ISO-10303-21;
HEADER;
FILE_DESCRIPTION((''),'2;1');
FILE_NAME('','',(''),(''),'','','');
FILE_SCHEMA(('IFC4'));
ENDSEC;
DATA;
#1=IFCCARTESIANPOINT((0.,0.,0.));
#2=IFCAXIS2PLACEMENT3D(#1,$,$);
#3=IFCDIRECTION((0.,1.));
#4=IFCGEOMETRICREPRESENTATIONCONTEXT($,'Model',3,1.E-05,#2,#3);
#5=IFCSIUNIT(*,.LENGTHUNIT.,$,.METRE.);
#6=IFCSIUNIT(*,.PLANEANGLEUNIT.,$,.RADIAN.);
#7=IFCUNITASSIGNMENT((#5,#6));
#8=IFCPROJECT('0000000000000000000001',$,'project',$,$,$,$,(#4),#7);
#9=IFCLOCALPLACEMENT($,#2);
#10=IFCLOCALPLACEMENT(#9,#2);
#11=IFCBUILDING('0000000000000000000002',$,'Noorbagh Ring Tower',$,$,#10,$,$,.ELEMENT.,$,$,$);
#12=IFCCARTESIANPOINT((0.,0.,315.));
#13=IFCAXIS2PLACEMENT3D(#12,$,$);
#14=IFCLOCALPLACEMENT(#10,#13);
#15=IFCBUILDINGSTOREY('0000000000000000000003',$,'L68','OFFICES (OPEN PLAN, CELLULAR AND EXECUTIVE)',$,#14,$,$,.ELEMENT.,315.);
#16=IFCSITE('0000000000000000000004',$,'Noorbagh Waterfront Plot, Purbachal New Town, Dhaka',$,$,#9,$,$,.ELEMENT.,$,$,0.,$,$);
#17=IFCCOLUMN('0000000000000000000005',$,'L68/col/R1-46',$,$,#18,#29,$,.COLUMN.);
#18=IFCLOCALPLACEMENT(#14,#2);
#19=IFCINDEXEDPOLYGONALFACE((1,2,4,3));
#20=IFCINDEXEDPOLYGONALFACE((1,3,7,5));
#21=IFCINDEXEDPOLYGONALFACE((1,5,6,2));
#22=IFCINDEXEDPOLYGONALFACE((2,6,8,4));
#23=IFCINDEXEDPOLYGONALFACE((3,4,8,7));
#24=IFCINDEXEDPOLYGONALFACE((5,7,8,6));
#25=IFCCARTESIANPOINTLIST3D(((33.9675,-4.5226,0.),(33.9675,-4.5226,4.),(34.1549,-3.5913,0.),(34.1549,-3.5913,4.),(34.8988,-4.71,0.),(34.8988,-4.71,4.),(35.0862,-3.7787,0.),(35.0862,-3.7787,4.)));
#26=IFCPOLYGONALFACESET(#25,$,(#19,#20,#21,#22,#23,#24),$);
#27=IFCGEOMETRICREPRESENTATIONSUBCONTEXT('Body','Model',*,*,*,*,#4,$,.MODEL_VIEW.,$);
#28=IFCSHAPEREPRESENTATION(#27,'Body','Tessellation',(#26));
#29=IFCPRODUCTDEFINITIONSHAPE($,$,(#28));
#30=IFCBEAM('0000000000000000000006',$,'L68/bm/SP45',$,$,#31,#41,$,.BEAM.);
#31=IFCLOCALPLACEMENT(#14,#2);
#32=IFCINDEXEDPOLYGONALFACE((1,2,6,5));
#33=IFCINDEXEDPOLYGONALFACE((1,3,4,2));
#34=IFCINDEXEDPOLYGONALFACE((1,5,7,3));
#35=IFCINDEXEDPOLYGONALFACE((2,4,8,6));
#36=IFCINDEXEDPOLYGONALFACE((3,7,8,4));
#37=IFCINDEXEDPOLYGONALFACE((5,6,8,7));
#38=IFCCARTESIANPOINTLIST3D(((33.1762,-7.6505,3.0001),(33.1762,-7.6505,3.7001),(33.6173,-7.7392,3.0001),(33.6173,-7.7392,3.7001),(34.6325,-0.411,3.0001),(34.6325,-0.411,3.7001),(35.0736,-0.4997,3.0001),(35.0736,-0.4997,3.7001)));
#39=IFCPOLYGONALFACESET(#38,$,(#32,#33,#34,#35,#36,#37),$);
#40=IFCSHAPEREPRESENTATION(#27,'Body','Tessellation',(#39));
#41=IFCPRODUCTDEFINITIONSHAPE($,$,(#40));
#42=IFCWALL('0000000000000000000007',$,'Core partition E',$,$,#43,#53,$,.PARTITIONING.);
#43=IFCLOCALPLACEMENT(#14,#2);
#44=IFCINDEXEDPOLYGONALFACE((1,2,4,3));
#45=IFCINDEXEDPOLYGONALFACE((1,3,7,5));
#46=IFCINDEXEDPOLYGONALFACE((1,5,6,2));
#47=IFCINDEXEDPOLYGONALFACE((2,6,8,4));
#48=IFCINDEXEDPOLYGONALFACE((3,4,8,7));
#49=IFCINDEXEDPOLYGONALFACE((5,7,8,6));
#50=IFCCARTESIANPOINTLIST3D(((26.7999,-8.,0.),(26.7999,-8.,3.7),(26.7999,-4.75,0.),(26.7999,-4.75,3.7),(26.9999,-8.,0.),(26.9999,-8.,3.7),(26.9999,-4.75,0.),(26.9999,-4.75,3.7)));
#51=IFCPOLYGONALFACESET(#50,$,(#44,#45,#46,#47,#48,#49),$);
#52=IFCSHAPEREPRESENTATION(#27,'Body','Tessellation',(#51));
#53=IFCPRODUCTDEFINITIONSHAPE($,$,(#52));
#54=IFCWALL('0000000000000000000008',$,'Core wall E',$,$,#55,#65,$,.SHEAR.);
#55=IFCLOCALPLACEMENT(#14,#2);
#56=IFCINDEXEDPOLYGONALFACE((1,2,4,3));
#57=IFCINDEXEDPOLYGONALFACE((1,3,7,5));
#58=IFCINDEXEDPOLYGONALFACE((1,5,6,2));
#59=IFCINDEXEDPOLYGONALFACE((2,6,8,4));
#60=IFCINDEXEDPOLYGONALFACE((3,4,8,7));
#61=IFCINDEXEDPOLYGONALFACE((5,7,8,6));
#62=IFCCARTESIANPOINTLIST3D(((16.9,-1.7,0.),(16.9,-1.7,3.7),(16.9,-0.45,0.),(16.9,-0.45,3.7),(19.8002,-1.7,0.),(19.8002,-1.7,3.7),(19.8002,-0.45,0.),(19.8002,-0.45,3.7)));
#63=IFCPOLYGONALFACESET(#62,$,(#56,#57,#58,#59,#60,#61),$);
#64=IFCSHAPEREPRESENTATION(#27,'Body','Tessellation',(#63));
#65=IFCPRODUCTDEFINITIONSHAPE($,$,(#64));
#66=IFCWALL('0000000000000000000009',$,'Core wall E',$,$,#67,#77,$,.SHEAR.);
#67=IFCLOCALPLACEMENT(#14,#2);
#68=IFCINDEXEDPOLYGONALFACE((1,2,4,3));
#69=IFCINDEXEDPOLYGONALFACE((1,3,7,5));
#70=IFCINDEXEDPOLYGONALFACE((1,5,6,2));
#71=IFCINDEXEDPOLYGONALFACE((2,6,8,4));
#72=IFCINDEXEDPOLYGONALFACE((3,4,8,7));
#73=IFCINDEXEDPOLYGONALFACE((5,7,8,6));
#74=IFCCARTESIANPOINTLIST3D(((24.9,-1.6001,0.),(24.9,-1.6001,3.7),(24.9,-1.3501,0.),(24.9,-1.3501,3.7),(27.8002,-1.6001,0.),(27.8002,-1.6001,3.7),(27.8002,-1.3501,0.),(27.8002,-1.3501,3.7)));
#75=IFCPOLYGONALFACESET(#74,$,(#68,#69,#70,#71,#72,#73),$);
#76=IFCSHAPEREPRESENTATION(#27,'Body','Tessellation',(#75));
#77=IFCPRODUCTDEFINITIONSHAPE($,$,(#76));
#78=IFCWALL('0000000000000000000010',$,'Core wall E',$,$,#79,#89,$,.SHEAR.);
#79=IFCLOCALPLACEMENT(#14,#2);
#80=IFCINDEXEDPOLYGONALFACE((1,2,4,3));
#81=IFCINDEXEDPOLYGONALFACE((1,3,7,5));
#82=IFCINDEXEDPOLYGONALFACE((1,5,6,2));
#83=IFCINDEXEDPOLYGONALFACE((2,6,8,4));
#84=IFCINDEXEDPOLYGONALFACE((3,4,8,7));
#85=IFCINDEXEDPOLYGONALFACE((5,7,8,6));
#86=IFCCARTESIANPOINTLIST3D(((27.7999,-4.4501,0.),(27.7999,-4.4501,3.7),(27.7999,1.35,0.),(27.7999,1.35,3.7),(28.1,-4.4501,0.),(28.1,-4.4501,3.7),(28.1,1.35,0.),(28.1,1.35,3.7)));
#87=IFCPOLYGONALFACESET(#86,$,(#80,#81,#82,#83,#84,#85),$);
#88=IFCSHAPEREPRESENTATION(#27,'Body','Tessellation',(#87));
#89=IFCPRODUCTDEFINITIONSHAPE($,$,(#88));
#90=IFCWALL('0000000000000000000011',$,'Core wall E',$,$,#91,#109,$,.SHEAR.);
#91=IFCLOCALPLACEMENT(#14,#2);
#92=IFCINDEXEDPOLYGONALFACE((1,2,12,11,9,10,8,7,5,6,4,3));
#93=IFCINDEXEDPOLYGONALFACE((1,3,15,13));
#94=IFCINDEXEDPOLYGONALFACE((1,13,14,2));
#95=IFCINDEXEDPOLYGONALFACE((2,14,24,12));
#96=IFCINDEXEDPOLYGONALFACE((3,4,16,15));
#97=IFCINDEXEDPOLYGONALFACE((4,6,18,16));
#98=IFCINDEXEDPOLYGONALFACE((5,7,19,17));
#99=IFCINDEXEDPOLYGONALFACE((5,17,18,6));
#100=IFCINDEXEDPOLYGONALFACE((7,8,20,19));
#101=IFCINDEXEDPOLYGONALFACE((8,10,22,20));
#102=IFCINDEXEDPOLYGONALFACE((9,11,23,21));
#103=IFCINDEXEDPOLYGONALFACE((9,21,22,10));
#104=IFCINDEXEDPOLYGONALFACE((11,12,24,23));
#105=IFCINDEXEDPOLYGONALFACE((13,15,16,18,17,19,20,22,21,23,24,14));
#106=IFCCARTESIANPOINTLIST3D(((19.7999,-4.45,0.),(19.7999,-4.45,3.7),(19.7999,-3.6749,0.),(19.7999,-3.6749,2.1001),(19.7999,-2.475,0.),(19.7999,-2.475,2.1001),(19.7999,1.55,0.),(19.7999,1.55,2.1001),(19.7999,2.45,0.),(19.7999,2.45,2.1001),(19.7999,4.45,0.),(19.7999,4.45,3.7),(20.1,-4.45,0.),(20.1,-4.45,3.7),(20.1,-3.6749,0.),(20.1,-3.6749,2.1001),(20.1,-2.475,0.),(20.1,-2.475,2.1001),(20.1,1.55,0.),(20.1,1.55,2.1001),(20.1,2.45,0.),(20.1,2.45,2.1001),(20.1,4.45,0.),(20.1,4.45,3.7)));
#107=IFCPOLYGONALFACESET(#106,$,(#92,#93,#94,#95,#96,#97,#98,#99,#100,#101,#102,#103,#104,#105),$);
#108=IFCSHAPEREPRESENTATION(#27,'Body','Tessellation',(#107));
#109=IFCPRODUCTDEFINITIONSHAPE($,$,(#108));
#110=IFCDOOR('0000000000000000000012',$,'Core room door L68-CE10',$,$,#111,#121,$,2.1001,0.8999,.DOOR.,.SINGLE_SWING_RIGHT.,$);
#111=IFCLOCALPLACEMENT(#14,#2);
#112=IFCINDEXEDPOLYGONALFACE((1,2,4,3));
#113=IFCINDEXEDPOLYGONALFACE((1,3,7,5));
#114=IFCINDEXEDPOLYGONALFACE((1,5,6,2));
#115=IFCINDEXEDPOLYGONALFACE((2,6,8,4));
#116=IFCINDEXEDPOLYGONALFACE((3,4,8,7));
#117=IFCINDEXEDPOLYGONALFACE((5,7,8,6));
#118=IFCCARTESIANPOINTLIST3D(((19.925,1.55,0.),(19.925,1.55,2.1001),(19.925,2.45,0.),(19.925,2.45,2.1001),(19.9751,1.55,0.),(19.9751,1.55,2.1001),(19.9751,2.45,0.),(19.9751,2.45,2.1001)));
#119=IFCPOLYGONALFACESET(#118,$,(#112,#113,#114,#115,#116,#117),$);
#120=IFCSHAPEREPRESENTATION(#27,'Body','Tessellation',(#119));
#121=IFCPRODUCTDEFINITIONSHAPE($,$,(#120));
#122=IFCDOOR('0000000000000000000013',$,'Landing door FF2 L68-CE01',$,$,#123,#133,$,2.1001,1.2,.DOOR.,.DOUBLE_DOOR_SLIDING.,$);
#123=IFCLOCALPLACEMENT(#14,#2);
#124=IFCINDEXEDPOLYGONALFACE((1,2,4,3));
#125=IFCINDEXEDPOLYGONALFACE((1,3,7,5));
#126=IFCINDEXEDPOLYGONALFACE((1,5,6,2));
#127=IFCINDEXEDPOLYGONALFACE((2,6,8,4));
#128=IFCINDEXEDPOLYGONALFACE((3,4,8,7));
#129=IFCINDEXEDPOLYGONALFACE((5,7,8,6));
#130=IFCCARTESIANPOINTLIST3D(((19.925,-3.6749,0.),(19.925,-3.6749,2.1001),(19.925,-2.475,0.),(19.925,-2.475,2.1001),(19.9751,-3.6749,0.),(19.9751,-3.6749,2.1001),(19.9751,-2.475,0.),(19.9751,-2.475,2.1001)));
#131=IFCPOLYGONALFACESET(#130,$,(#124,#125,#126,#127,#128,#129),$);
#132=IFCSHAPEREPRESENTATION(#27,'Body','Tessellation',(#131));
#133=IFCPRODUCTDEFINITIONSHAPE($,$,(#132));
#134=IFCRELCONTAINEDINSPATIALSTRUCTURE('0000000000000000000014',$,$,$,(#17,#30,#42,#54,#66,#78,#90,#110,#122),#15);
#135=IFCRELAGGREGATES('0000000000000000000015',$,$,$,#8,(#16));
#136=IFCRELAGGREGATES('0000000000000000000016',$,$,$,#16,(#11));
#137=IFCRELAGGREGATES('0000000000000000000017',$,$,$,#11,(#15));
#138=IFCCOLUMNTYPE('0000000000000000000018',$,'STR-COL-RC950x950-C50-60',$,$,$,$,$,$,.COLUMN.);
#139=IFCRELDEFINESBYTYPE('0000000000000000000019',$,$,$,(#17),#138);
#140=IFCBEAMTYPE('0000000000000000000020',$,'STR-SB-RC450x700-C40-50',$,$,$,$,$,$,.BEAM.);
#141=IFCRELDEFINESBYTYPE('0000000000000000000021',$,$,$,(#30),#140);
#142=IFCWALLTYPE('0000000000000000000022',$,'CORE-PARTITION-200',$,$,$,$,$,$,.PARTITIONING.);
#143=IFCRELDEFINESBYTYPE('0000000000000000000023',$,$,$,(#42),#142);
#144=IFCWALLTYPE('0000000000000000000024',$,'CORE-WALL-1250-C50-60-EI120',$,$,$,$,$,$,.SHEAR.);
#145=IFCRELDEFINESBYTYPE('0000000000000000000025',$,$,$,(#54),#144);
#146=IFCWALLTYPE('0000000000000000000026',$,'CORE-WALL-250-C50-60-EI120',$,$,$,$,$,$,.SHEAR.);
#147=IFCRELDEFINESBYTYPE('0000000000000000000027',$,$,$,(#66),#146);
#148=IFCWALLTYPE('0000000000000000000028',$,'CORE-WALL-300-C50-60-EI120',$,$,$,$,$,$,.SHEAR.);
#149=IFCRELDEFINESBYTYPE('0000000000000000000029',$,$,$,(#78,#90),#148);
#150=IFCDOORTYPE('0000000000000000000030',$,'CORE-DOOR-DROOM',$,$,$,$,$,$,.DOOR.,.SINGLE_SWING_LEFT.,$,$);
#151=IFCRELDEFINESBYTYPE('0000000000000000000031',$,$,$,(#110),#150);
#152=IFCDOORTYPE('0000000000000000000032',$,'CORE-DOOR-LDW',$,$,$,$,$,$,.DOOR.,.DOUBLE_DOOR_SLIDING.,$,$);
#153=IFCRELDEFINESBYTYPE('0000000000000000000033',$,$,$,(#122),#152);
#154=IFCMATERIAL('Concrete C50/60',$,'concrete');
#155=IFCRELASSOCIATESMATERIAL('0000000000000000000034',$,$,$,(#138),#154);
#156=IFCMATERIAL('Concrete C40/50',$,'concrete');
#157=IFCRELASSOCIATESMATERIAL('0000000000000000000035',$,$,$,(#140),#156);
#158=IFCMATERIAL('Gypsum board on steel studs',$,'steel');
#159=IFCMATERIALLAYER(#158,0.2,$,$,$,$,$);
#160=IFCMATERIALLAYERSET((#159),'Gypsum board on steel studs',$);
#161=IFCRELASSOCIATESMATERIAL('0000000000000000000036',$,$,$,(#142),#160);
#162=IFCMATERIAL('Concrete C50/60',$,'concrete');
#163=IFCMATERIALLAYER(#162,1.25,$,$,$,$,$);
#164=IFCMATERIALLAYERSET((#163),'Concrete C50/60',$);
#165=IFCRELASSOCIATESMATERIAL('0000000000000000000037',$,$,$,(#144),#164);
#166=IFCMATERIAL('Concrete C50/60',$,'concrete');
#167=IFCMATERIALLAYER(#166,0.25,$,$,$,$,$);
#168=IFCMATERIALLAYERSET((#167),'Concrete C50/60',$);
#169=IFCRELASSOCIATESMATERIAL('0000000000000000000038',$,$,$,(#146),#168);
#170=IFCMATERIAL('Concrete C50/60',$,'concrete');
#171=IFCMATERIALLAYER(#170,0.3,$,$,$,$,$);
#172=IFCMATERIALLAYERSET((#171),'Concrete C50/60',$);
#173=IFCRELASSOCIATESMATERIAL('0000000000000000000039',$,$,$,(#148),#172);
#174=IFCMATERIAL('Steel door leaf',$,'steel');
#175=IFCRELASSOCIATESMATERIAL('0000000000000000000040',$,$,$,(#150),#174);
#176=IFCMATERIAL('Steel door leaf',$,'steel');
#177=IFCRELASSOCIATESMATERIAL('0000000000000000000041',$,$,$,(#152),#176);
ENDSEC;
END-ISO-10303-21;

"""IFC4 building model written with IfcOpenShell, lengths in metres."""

from ifc_helpers import new_model, si_unit, direction, frame, frame_2d, origin, origin_2d, place, context, subcontext, project, spatial, rectangle, extrude, material, layer, layer_set, material_profile, profile_set, type_object, element, fill, save


model = new_model("IFC4")

# Units and contexts
model_context = context("Model", 3, precision=1e-05, world=origin(), true_north=direction((0.0, 1.0)))
body_context = subcontext(model_context, "Body", "Model", "MODEL_VIEW")
ifc_project = project(units=[si_unit("LENGTHUNIT", "METRE"), si_unit("PLANEANGLEUNIT", "RADIAN")], contexts=[model_context])

# Site, building, storey
site_placement = place(None, origin())
site = spatial("IfcSite", under=ifc_project, at=site_placement, Name="Noorbagh Waterfront Plot, Purbachal New Town, Dhaka", CompositionType="ELEMENT", RefElevation=0.0)
building_placement = place(site_placement, origin())
building = spatial("IfcBuilding", under=site, at=building_placement, Name="Noorbagh Ring Tower", CompositionType="ELEMENT")
storey_placement = place(building_placement, frame((0.0, 0.0, 315.0)))
storey = spatial("IfcBuildingStorey", under=building, at=storey_placement, Name="L68", Description="OFFICES (OPEN PLAN, CELLULAR AND EXECUTIVE)", CompositionType="ELEMENT", Elevation=315.0)

# Column
ifc_material_1 = material(Name="Concrete C50/60", Category="concrete")
ifc_material_profile_1 = material_profile(ifc_material_1, rectangle(XDim=0.95, YDim=0.95, at=origin_2d()), Name="RC950x950")
ifc_profile_set_1 = profile_set([ifc_material_profile_1], Name="Concrete C50/60")
column_type = type_object("IfcColumnType", Name="STR-COL-RC950x950-C50-60", PredefinedType="COLUMN", material=ifc_profile_set_1)
column_placement = place(storey_placement, frame((34.5269, -4.1506, 0.0), z_axis=(0.0, 0.0, 1.0), x_axis=(0.19723, 0.980357, 0.0)))
element("IfcColumn", 1, at=column_placement, inside=storey, type_object=column_type, Name="L68/col/R1-46", PredefinedType="COLUMN", context=body_context, shape_type="SweptSolid", body=[
    extrude(rectangle(XDim=0.95, YDim=0.95, at=origin_2d()), origin(), (0.0, 0.0, 1.0), 4.0),
])

# Beam
ifc_material_2 = material(Name="Concrete C40/50", Category="concrete")
ifc_material_profile_2 = material_profile(ifc_material_2, rectangle(XDim=0.45, YDim=0.7, at=origin_2d()), Name="RC450x700")
ifc_profile_set_2 = profile_set([ifc_material_profile_2], Name="Concrete C40/50")
beam_type = type_object("IfcBeamType", Name="STR-SB-RC450x700-C40-50", PredefinedType="BEAM", material=ifc_profile_set_2)
beam_placement = place(storey_placement, frame((33.3967, -7.6948, 3.3501), z_axis=(0.19721, 0.980361, 0.0), x_axis=(-0.980361, 0.19721, 0.0)))
element("IfcBeam", 2, at=beam_placement, inside=storey, type_object=beam_type, Name="L68/bm/SP45", PredefinedType="BEAM", context=body_context, shape_type="SweptSolid", body=[
    extrude(rectangle(XDim=0.45, YDim=0.7, at=origin_2d()), origin(), (0.0, 0.0, 1.0), 7.3845),
])

# Walls
ifc_material_3 = material(Name="Gypsum board on steel studs", Category="steel")
ifc_layer_1 = layer(ifc_material_3, 0.2)
ifc_layer_set_1 = layer_set([ifc_layer_1], Name="Gypsum board on steel studs")
wall_type_1 = type_object("IfcWallType", Name="CORE-PARTITION-200", PredefinedType="PARTITIONING", material=ifc_layer_set_1)
wall_1_placement = place(storey_placement, frame((26.8999, -8.0, 0.0), z_axis=(0.0, 0.0, 1.0), x_axis=(0.0, 1.0, 0.0)))
element("IfcWall", 3, at=wall_1_placement, inside=storey, type_object=wall_type_1, Name="Core partition E", PredefinedType="PARTITIONING", context=body_context, shape_type="SweptSolid", body=[
    extrude(rectangle(XDim=3.25, YDim=0.2, at=frame_2d((1.625, 0.0))), origin(), (0.0, 0.0, 1.0), 3.7),
])
ifc_material_4 = material(Name="Concrete C50/60", Category="concrete")
ifc_layer_2 = layer(ifc_material_4, 1.25)
ifc_layer_set_2 = layer_set([ifc_layer_2], Name="Concrete C50/60")
wall_type_2 = type_object("IfcWallType", Name="CORE-WALL-1250-C50-60-EI120", PredefinedType="SHEAR", material=ifc_layer_set_2)
wall_2_placement = place(storey_placement, frame((16.8999, -1.075, 0.0), z_axis=(0.0, 0.0, 1.0), x_axis=(1.0, 0.0, 0.0)))
element("IfcWall", 4, at=wall_2_placement, inside=storey, type_object=wall_type_2, Name="Core wall E", PredefinedType="SHEAR", context=body_context, shape_type="SweptSolid", body=[
    extrude(rectangle(XDim=2.9001, YDim=1.25, at=frame_2d((1.4502, 0.0))), origin(), (0.0, 0.0, 1.0), 3.7),
])
ifc_material_5 = material(Name="Concrete C50/60", Category="concrete")
ifc_layer_3 = layer(ifc_material_5, 0.25)
ifc_layer_set_3 = layer_set([ifc_layer_3], Name="Concrete C50/60")
wall_type_3 = type_object("IfcWallType", Name="CORE-WALL-250-C50-60-EI120", PredefinedType="SHEAR", material=ifc_layer_set_3)
wall_3_placement = place(storey_placement, frame((24.8999, -1.4751, 0.0), z_axis=(0.0, 0.0, 1.0), x_axis=(1.0, 0.0, 0.0)))
element("IfcWall", 5, at=wall_3_placement, inside=storey, type_object=wall_type_3, Name="Core wall E", PredefinedType="SHEAR", context=body_context, shape_type="SweptSolid", body=[
    extrude(rectangle(XDim=2.9001, YDim=0.25, at=frame_2d((1.4502, 0.0))), origin(), (0.0, 0.0, 1.0), 3.7),
])
ifc_material_6 = material(Name="Concrete C50/60", Category="concrete")
ifc_layer_4 = layer(ifc_material_6, 0.3)
ifc_layer_set_4 = layer_set([ifc_layer_4], Name="Concrete C50/60")
wall_type_4 = type_object("IfcWallType", Name="CORE-WALL-300-C50-60-EI120", PredefinedType="SHEAR", material=ifc_layer_set_4)
wall_4_placement = place(storey_placement, frame((27.95, -4.45, 0.0), z_axis=(0.0, 0.0, 1.0), x_axis=(0.0, 1.0, 0.0)))
element("IfcWall", 6, at=wall_4_placement, inside=storey, type_object=wall_type_4, Name="Core wall E", PredefinedType="SHEAR", context=body_context, shape_type="SweptSolid", body=[
    extrude(rectangle(XDim=5.8, YDim=0.3, at=frame_2d((2.8999, 0.0))), origin(), (0.0, 0.0, 1.0), 3.7),
])

# Wall, openings, doors
wall_5_placement = place(storey_placement, frame((19.95, -4.45, 0.0), z_axis=(0.0, 0.0, 1.0), x_axis=(0.0, 1.0, 0.0)))
wall_5 = element("IfcWall", 7, at=wall_5_placement, inside=storey, type_object=wall_type_4, Name="Core wall E", PredefinedType="SHEAR", context=body_context, shape_type="SweptSolid", body=[
    extrude(rectangle(XDim=8.8999, YDim=0.3, at=frame_2d((4.45, 0.0))), origin(), (0.0, 0.0, 1.0), 3.7),
])
opening_1_placement = place(wall_5_placement, frame((0.7749, 0.0, 0.0)))
opening_1 = element("IfcOpeningElement", 8, at=opening_1_placement, cuts=wall_5, PredefinedType="OPENING", context=body_context, shape_type="SweptSolid", body=[
    extrude(rectangle(XDim=1.2, YDim=2.1001, at=frame_2d((0.6001, 1.05))), frame((0.0, 0.1602, 0.0), z_axis=(0.0, -1.0, 0.0), x_axis=(1.0, 0.0, 0.0)), (0.0, 0.0, 1.0), 0.3201),
])
opening_2_placement = place(wall_5_placement, frame((6.0, 0.0, 0.0)))
opening_2 = element("IfcOpeningElement", 9, at=opening_2_placement, cuts=wall_5, PredefinedType="OPENING", context=body_context, shape_type="SweptSolid", body=[
    extrude(rectangle(XDim=0.8999, YDim=2.1001, at=frame_2d((0.45, 1.05))), frame((0.0, 0.1602, 0.0), z_axis=(0.0, -1.0, 0.0), x_axis=(1.0, 0.0, 0.0)), (0.0, 0.0, 1.0), 0.3201),
])
ifc_material_7 = material(Name="Steel door leaf", Category="steel")
door_type_1 = type_object("IfcDoorType", Name="CORE-DOOR-DROOM", OperationType="SINGLE_SWING_LEFT", PredefinedType="DOOR", material=ifc_material_7)
door_1_placement = place(opening_2_placement, origin())
door_1 = element("IfcDoor", 10, at=door_1_placement, inside=storey, type_object=door_type_1, Name="Core room door L68-CE10", OperationType="SINGLE_SWING_RIGHT", OverallHeight=2.1001, OverallWidth=0.8999, PredefinedType="DOOR", context=body_context, shape_type="SweptSolid", body=[
    extrude(rectangle(XDim=0.8999, YDim=2.1001, at=frame_2d((0.45, 1.05))), frame((0.0, 0.0249, 0.0), z_axis=(0.0, -1.0, 0.0), x_axis=(1.0, 0.0, 0.0)), (0.0, 0.0, 1.0), 0.05),
])
fill(opening_2, door_1)
ifc_material_8 = material(Name="Steel door leaf", Category="steel")
door_type_2 = type_object("IfcDoorType", Name="CORE-DOOR-LDW", OperationType="DOUBLE_DOOR_SLIDING", PredefinedType="DOOR", material=ifc_material_8)
door_2_placement = place(opening_1_placement, origin())
door_2 = element("IfcDoor", 11, at=door_2_placement, inside=storey, type_object=door_type_2, Name="Landing door FF2 L68-CE01", OperationType="DOUBLE_DOOR_SLIDING", OverallHeight=2.1001, OverallWidth=1.2, PredefinedType="DOOR", context=body_context, shape_type="SweptSolid", body=[
    extrude(rectangle(XDim=1.2, YDim=2.1001, at=frame_2d((0.6001, 1.05))), frame((0.0, 0.0249, 0.0), z_axis=(0.0, -1.0, 0.0), x_axis=(1.0, 0.0, 0.0)), (0.0, 0.0, 1.0), 0.05),
])
fill(opening_1, door_2)

save(model, "model.ifc")
